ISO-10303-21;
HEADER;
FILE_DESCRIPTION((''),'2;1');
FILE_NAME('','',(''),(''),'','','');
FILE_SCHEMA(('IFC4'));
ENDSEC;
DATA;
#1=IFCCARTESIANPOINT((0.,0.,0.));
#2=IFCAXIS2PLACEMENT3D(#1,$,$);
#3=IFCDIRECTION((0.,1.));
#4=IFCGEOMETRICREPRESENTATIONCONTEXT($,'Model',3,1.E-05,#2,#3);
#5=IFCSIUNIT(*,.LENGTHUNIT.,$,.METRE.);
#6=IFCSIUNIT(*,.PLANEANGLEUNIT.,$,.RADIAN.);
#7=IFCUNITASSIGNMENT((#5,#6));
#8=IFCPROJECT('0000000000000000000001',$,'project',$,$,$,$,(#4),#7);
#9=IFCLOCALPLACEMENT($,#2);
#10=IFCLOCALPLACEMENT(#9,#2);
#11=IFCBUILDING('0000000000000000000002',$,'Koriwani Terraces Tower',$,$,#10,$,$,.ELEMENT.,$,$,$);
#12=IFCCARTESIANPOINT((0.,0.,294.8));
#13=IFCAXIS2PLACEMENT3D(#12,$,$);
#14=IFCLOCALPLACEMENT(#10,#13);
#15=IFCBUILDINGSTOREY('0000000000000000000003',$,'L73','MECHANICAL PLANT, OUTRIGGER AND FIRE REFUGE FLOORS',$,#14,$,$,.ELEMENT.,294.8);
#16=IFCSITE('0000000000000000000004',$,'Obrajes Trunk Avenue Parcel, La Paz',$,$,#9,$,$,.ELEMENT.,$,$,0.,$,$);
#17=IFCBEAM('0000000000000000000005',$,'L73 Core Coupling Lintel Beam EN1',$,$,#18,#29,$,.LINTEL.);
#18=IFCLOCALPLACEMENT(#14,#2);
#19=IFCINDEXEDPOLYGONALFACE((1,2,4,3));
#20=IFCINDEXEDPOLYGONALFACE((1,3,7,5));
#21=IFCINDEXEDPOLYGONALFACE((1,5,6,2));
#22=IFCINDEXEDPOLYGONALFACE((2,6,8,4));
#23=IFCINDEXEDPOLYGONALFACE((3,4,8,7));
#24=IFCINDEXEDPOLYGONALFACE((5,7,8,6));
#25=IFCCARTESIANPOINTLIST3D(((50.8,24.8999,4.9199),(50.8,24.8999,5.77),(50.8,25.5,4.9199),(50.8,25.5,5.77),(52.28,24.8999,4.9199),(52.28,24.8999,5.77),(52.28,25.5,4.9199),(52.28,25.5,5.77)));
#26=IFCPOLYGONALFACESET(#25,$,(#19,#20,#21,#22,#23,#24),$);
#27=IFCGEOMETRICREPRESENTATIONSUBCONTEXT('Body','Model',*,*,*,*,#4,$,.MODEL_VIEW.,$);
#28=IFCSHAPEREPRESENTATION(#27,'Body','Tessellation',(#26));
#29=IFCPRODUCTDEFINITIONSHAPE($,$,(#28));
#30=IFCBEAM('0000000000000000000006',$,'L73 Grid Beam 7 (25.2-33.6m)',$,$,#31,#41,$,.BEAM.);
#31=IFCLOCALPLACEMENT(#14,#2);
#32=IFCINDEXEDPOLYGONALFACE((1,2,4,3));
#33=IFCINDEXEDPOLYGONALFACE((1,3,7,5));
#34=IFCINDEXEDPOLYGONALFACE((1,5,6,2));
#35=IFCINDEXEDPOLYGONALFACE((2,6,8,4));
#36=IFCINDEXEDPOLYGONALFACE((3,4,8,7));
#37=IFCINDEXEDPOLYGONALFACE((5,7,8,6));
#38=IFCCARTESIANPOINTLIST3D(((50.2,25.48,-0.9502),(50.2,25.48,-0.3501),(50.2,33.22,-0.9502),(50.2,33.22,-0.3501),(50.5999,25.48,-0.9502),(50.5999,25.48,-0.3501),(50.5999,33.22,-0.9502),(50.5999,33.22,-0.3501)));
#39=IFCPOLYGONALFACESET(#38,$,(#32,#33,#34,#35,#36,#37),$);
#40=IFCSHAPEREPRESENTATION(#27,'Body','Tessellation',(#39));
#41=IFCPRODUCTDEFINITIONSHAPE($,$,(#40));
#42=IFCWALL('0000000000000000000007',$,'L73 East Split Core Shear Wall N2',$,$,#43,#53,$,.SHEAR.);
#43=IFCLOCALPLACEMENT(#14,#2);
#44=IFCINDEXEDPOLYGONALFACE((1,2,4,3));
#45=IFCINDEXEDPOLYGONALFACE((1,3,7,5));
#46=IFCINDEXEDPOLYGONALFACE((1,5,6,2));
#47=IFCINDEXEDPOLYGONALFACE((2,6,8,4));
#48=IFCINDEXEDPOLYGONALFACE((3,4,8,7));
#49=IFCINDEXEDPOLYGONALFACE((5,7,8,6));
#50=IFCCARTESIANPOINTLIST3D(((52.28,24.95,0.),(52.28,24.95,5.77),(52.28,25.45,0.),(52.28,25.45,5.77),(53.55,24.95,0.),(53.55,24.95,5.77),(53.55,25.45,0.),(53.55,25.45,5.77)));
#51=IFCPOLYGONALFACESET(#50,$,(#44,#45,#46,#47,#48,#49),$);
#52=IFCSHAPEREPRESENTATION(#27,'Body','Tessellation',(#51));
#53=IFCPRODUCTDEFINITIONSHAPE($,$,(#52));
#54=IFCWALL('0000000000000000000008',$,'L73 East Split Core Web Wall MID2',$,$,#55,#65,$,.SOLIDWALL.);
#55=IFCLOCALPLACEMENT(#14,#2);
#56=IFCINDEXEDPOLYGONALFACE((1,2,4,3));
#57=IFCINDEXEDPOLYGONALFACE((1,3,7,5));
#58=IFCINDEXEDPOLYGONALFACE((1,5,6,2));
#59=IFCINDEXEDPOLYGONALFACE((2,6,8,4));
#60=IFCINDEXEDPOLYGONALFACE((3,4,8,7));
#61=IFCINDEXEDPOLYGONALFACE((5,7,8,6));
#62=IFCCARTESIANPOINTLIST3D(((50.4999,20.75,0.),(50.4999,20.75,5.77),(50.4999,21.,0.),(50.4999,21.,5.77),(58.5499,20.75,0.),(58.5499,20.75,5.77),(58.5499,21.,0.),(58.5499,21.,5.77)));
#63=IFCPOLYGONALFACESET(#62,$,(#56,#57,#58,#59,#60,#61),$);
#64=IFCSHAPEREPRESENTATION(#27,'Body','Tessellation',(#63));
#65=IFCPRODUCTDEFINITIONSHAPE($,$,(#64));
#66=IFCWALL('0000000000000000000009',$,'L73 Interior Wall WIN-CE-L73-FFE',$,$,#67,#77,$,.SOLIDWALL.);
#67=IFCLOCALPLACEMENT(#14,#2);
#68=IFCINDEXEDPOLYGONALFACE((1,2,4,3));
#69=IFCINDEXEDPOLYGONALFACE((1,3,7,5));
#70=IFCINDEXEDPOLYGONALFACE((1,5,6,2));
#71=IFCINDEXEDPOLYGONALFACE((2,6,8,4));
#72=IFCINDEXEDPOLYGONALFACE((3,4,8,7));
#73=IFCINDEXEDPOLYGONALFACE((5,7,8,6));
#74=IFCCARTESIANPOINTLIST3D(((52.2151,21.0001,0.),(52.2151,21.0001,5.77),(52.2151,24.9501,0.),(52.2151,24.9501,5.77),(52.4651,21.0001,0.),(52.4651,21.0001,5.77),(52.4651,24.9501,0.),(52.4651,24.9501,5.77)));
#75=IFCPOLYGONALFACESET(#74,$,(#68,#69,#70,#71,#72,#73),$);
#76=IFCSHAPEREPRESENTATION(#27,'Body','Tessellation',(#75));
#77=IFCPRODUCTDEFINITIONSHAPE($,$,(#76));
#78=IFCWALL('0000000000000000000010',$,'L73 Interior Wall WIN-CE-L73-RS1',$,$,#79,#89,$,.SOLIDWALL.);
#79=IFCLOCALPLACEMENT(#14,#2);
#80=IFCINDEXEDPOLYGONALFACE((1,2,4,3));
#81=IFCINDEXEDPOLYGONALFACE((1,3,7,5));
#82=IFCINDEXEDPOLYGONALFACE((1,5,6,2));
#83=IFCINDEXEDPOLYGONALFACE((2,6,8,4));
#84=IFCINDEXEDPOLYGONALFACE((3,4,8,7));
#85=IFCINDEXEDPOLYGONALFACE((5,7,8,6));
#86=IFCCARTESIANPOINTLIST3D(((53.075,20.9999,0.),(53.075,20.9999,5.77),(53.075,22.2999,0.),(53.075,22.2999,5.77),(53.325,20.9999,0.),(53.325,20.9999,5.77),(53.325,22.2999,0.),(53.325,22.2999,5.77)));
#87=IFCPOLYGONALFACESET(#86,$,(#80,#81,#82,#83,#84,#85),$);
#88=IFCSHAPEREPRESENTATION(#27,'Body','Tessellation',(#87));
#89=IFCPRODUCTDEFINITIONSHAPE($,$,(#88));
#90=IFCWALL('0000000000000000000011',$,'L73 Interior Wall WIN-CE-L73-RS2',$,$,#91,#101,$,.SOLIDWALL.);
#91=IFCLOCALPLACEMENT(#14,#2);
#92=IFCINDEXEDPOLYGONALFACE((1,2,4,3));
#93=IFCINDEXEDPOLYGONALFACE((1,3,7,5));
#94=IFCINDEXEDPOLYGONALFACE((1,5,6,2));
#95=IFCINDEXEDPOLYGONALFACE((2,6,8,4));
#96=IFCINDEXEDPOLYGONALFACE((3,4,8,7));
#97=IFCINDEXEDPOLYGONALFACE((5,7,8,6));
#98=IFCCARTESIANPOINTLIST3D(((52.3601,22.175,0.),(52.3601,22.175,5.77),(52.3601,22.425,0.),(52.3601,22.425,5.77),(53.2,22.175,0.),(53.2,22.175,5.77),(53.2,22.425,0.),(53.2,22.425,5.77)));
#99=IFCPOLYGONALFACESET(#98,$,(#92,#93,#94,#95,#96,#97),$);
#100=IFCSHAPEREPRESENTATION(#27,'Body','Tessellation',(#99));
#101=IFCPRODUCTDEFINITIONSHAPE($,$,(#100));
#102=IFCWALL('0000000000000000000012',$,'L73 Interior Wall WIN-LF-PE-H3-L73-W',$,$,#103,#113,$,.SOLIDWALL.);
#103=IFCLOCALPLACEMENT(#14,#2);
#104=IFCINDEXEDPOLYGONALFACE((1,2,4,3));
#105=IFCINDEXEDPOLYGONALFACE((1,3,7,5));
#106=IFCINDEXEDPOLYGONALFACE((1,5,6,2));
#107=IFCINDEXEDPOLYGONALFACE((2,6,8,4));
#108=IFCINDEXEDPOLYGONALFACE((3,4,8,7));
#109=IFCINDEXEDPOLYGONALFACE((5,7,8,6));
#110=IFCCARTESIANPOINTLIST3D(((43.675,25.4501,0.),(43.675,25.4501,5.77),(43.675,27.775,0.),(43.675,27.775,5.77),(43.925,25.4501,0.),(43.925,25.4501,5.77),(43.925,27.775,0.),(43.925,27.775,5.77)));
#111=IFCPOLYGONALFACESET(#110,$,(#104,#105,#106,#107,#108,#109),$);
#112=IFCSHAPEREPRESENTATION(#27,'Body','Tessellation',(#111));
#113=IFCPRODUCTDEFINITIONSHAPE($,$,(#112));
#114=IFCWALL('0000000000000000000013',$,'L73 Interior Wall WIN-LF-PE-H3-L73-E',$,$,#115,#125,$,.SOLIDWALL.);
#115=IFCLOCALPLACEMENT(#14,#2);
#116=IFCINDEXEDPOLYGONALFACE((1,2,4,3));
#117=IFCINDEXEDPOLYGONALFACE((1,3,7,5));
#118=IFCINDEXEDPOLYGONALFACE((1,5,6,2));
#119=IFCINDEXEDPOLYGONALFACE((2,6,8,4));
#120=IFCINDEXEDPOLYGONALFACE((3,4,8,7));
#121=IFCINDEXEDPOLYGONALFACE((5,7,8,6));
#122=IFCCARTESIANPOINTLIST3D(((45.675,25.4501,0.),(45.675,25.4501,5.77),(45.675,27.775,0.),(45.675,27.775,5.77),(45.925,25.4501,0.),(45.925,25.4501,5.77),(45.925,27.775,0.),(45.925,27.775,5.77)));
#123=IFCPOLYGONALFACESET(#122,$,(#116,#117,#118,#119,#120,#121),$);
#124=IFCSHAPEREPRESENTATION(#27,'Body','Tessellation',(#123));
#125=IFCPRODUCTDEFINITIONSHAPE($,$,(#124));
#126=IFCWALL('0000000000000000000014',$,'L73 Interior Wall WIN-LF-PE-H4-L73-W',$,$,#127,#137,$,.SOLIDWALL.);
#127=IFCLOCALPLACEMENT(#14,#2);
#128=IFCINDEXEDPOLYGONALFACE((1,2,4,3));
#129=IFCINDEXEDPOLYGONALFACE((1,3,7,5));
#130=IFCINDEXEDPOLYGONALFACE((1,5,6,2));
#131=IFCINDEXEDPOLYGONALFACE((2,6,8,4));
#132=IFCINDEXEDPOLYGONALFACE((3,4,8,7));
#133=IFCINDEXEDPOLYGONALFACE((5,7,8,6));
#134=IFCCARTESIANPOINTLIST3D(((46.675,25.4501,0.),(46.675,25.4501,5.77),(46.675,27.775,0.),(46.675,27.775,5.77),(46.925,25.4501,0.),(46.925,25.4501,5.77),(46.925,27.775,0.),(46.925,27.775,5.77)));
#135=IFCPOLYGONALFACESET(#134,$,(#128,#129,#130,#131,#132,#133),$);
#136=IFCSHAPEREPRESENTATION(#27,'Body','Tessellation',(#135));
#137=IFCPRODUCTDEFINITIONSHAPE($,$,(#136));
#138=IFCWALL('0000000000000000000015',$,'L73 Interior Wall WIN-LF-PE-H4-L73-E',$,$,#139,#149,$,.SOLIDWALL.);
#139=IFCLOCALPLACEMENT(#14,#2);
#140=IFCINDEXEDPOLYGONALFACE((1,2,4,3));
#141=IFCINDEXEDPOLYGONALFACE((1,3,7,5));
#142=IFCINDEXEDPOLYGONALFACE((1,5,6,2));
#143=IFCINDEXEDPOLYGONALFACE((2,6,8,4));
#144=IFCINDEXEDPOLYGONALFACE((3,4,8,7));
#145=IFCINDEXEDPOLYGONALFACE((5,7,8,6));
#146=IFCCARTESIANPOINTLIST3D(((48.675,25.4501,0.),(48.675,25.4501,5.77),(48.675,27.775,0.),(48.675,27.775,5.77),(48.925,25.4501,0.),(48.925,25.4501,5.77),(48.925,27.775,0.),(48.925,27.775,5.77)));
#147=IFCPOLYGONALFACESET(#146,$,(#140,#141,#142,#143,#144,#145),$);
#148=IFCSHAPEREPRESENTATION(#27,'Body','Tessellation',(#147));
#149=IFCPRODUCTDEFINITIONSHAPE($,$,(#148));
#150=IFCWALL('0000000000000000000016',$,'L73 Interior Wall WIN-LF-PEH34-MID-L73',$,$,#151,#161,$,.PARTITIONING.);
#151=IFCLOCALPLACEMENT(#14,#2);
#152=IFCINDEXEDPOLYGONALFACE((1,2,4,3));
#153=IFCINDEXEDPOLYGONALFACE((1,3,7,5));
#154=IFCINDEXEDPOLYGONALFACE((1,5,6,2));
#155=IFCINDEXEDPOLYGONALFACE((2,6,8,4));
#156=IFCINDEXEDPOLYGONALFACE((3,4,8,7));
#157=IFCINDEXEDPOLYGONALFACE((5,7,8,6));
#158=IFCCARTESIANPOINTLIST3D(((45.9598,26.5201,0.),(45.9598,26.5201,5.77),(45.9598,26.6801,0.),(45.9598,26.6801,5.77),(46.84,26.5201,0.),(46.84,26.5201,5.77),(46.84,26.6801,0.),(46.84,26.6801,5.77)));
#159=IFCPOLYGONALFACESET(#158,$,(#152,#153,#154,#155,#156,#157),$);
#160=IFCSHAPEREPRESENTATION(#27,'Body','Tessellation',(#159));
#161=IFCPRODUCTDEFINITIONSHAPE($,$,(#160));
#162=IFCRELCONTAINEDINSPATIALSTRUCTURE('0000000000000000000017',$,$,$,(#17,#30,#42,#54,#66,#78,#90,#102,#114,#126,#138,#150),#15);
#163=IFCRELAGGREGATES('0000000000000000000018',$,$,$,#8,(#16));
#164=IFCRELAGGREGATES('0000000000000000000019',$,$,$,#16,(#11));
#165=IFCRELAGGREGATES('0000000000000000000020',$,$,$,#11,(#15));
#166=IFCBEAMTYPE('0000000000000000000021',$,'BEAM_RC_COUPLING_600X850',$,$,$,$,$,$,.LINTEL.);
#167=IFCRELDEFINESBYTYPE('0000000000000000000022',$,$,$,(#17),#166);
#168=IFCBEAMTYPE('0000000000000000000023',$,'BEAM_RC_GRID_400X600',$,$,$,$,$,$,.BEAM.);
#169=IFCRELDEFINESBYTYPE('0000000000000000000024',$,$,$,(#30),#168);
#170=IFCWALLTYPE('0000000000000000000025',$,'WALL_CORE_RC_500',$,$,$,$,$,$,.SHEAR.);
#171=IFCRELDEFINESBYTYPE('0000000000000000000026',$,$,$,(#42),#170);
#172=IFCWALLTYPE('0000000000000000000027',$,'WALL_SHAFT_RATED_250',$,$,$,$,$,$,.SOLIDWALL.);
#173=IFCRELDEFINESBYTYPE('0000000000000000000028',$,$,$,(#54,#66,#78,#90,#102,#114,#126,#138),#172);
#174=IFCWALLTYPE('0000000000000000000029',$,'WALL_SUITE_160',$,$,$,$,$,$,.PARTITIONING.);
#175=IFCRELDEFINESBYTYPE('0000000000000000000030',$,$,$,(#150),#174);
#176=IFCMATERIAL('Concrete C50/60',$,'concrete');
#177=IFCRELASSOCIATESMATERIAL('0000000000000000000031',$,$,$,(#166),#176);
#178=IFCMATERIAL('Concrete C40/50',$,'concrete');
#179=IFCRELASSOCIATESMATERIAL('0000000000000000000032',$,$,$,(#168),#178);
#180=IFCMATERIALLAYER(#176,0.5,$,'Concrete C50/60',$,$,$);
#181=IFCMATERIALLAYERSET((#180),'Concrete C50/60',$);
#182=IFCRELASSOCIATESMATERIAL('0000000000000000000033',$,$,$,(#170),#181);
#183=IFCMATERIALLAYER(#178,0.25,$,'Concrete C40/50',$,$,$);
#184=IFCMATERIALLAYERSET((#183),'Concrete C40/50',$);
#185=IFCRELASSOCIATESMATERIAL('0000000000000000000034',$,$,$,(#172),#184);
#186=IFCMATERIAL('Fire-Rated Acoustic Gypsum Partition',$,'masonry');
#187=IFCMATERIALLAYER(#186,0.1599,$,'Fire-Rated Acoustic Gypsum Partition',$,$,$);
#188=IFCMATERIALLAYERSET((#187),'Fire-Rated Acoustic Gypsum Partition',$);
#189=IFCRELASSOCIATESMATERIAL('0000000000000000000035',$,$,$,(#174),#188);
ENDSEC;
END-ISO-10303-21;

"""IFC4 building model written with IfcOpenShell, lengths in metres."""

from ifc_helpers import new_model, si_unit, direction, frame, frame_2d, origin, origin_2d, place, context, subcontext, project, spatial, rectangle, extrude, material, layer, layer_set, material_profile, profile_set, type_object, element, save


model = new_model("IFC4")

# Units and contexts
model_context = context("Model", 3, precision=1e-05, world=origin(), true_north=direction((0.0, 1.0)))
body_context = subcontext(model_context, "Body", "Model", "MODEL_VIEW")
ifc_project = project(units=[si_unit("LENGTHUNIT", "METRE"), si_unit("PLANEANGLEUNIT", "RADIAN")], contexts=[model_context])

# Site, building, storey
site_placement = place(None, origin())
site = spatial("IfcSite", under=ifc_project, at=site_placement, Name="Obrajes Trunk Avenue Parcel, La Paz", CompositionType="ELEMENT", RefElevation=0.0)
building_placement = place(site_placement, origin())
building = spatial("IfcBuilding", under=site, at=building_placement, Name="Koriwani Terraces Tower", CompositionType="ELEMENT")
storey_placement = place(building_placement, frame((0.0, 0.0, 294.8)))
storey = spatial("IfcBuildingStorey", under=building, at=storey_placement, Name="L73", Description="MECHANICAL PLANT, OUTRIGGER AND FIRE REFUGE FLOORS", CompositionType="ELEMENT", Elevation=294.8)

# Beams
ifc_material_1 = material(Name="Concrete C50/60", Category="concrete")
ifc_material_profile_1 = material_profile(ifc_material_1, rectangle(XDim=0.6001, YDim=0.8501, at=origin_2d()), Name="Concrete C50/60", Category="LoadBearing")
ifc_profile_set_1 = profile_set([ifc_material_profile_1], Name="Concrete C50/60")
beam_type_1 = type_object("IfcBeamType", Name="BEAM_RC_COUPLING_600X850", PredefinedType="LINTEL", material=ifc_profile_set_1)
beam_1_placement = place(storey_placement, frame((50.8, 25.2, 5.345), z_axis=(1.0, 0.0, 0.0), x_axis=(0.0, 1.0, 0.0)))
element("IfcBeam", 1, at=beam_1_placement, inside=storey, type_object=beam_type_1, Name="L73 Core Coupling Lintel Beam EN1", PredefinedType="LINTEL", context=body_context, shape_type="SweptSolid", body=[
    extrude(rectangle(XDim=0.6001, YDim=0.8501, at=origin_2d()), origin(), (0.0, 0.0, 1.0), 1.48),
])
ifc_material_2 = material(Name="Concrete C40/50", Category="concrete")
ifc_material_profile_2 = material_profile(ifc_material_2, rectangle(XDim=0.3999, YDim=0.6001, at=origin_2d()), Name="Concrete C40/50", Category="LoadBearing")
ifc_profile_set_2 = profile_set([ifc_material_profile_2], Name="Concrete C40/50")
beam_type_2 = type_object("IfcBeamType", Name="BEAM_RC_GRID_400X600", PredefinedType="BEAM", material=ifc_profile_set_2)
beam_2_placement = place(storey_placement, frame((50.3999, 25.48, -0.6501), z_axis=(0.0, 1.0, 0.0), x_axis=(-1.0, 0.0, 0.0)))
element("IfcBeam", 2, at=beam_2_placement, inside=storey, type_object=beam_type_2, Name="L73 Grid Beam 7 (25.2-33.6m)", PredefinedType="BEAM", context=body_context, shape_type="SweptSolid", body=[
    extrude(rectangle(XDim=0.3999, YDim=0.6001, at=origin_2d()), origin(), (0.0, 0.0, 1.0), 7.74),
])

# Walls
ifc_layer_1 = layer(ifc_material_1, 0.5, Name="Concrete C50/60")
ifc_layer_set_1 = layer_set([ifc_layer_1], Name="Concrete C50/60")
wall_type_1 = type_object("IfcWallType", Name="WALL_CORE_RC_500", PredefinedType="SHEAR", material=ifc_layer_set_1)
wall_1_placement = place(storey_placement, frame((52.28, 25.2, 0.0), z_axis=(0.0, 0.0, 1.0), x_axis=(1.0, 0.0, 0.0)))
element("IfcWall", 3, at=wall_1_placement, inside=storey, type_object=wall_type_1, Name="L73 East Split Core Shear Wall N2", PredefinedType="SHEAR", context=body_context, shape_type="SweptSolid", body=[
    extrude(rectangle(XDim=1.27, YDim=0.5, at=frame_2d((0.635, 0.0))), origin(), (0.0, 0.0, 1.0), 5.77),
])
ifc_layer_2 = layer(ifc_material_2, 0.25, Name="Concrete C40/50")
ifc_layer_set_2 = layer_set([ifc_layer_2], Name="Concrete C40/50")
wall_type_2 = type_object("IfcWallType", Name="WALL_SHAFT_RATED_250", PredefinedType="SOLIDWALL", material=ifc_layer_set_2)
wall_2_placement = place(storey_placement, frame((50.5, 20.875, 0.0), z_axis=(0.0, 0.0, 1.0), x_axis=(1.0, 0.0, 0.0)))
element("IfcWall", 4, at=wall_2_placement, inside=storey, type_object=wall_type_2, Name="L73 East Split Core Web Wall MID2", PredefinedType="SOLIDWALL", context=body_context, shape_type="SweptSolid", body=[
    extrude(rectangle(XDim=8.05, YDim=0.25, at=frame_2d((4.0249, 0.0))), origin(), (0.0, 0.0, 1.0), 5.77),
])

# Walls
wall_3_placement = place(storey_placement, frame((52.3401, 21.0, 0.0), z_axis=(0.0, 0.0, 1.0), x_axis=(0.0, 1.0, 0.0)))
element("IfcWall", 5, at=wall_3_placement, inside=storey, type_object=wall_type_2, Name="L73 Interior Wall WIN-CE-L73-FFE", PredefinedType="SOLIDWALL", context=body_context, shape_type="SweptSolid", body=[
    extrude(rectangle(XDim=3.95, YDim=0.25, at=frame_2d((1.9751, 0.0))), origin(), (0.0, 0.0, 1.0), 5.77),
])
wall_4_placement = place(storey_placement, frame((53.2, 21.0, 0.0), z_axis=(0.0, 0.0, 1.0), x_axis=(0.0, 1.0, 0.0)))
element("IfcWall", 6, at=wall_4_placement, inside=storey, type_object=wall_type_2, Name="L73 Interior Wall WIN-CE-L73-RS1", PredefinedType="SOLIDWALL", context=body_context, shape_type="SweptSolid", body=[
    extrude(rectangle(XDim=1.3, YDim=0.25, at=frame_2d((0.6499, 0.0))), origin(), (0.0, 0.0, 1.0), 5.77),
])
wall_5_placement = place(storey_placement, frame((52.3601, 22.3, 0.0), z_axis=(0.0, 0.0, 1.0), x_axis=(1.0, 0.0, 0.0)))
element("IfcWall", 7, at=wall_5_placement, inside=storey, type_object=wall_type_2, Name="L73 Interior Wall WIN-CE-L73-RS2", PredefinedType="SOLIDWALL", context=body_context, shape_type="SweptSolid", body=[
    extrude(rectangle(XDim=0.8398, YDim=0.25, at=frame_2d((0.4199, 0.0))), origin(), (0.0, 0.0, 1.0), 5.77),
])
for number, where, z_axis, x_axis, name in (
    (8, (43.8, 25.45, 0.0), (0.0, 0.0, 1.0), (0.0, 1.0, 0.0), "L73 Interior Wall WIN-LF-PE-H3-L73-W"),
    (9, (45.8, 25.45, 0.0), (0.0, 0.0, 1.0), (0.0, 1.0, 0.0), "L73 Interior Wall WIN-LF-PE-H3-L73-E"),
):
    element("IfcWall", number, at=place(storey_placement, frame(where, z_axis=z_axis, x_axis=x_axis)), inside=storey, type_object=wall_type_2, Name=name, PredefinedType="SOLIDWALL", context=body_context, shape_type="SweptSolid", body=[
        extrude(rectangle(XDim=2.325, YDim=0.25, at=frame_2d((1.1626, 0.0))), origin(), (0.0, 0.0, 1.0), 5.77),
    ])

# Walls
for number, where, z_axis, x_axis, name in (
    (10, (46.8, 25.45, 0.0), (0.0, 0.0, 1.0), (0.0, 1.0, 0.0), "L73 Interior Wall WIN-LF-PE-H4-L73-W"),
    (11, (48.8, 25.45, 0.0), (0.0, 0.0, 1.0), (0.0, 1.0, 0.0), "L73 Interior Wall WIN-LF-PE-H4-L73-E"),
):
    element("IfcWall", number, at=place(storey_placement, frame(where, z_axis=z_axis, x_axis=x_axis)), inside=storey, type_object=wall_type_2, Name=name, PredefinedType="SOLIDWALL", context=body_context, shape_type="SweptSolid", body=[
        extrude(rectangle(XDim=2.325, YDim=0.25, at=frame_2d((1.1626, 0.0))), origin(), (0.0, 0.0, 1.0), 5.77),
    ])
ifc_material_3 = material(Name="Fire-Rated Acoustic Gypsum Partition", Category="masonry")
ifc_layer_3 = layer(ifc_material_3, 0.1599, Name="Fire-Rated Acoustic Gypsum Partition")
ifc_layer_set_3 = layer_set([ifc_layer_3], Name="Fire-Rated Acoustic Gypsum Partition")
wall_type_3 = type_object("IfcWallType", Name="WALL_SUITE_160", PredefinedType="PARTITIONING", material=ifc_layer_set_3)
wall_6_placement = place(storey_placement, frame((45.96, 26.6001, 0.0), z_axis=(0.0, 0.0, 1.0), x_axis=(1.0, 0.0, 0.0)))
element("IfcWall", 12, at=wall_6_placement, inside=storey, type_object=wall_type_3, Name="L73 Interior Wall WIN-LF-PEH34-MID-L73", PredefinedType="PARTITIONING", context=body_context, shape_type="SweptSolid", body=[
    extrude(rectangle(XDim=0.8801, YDim=0.1599, at=frame_2d((0.4399, 0.0))), origin(), (0.0, 0.0, 1.0), 5.77),
])

save(model, "model.ifc")
